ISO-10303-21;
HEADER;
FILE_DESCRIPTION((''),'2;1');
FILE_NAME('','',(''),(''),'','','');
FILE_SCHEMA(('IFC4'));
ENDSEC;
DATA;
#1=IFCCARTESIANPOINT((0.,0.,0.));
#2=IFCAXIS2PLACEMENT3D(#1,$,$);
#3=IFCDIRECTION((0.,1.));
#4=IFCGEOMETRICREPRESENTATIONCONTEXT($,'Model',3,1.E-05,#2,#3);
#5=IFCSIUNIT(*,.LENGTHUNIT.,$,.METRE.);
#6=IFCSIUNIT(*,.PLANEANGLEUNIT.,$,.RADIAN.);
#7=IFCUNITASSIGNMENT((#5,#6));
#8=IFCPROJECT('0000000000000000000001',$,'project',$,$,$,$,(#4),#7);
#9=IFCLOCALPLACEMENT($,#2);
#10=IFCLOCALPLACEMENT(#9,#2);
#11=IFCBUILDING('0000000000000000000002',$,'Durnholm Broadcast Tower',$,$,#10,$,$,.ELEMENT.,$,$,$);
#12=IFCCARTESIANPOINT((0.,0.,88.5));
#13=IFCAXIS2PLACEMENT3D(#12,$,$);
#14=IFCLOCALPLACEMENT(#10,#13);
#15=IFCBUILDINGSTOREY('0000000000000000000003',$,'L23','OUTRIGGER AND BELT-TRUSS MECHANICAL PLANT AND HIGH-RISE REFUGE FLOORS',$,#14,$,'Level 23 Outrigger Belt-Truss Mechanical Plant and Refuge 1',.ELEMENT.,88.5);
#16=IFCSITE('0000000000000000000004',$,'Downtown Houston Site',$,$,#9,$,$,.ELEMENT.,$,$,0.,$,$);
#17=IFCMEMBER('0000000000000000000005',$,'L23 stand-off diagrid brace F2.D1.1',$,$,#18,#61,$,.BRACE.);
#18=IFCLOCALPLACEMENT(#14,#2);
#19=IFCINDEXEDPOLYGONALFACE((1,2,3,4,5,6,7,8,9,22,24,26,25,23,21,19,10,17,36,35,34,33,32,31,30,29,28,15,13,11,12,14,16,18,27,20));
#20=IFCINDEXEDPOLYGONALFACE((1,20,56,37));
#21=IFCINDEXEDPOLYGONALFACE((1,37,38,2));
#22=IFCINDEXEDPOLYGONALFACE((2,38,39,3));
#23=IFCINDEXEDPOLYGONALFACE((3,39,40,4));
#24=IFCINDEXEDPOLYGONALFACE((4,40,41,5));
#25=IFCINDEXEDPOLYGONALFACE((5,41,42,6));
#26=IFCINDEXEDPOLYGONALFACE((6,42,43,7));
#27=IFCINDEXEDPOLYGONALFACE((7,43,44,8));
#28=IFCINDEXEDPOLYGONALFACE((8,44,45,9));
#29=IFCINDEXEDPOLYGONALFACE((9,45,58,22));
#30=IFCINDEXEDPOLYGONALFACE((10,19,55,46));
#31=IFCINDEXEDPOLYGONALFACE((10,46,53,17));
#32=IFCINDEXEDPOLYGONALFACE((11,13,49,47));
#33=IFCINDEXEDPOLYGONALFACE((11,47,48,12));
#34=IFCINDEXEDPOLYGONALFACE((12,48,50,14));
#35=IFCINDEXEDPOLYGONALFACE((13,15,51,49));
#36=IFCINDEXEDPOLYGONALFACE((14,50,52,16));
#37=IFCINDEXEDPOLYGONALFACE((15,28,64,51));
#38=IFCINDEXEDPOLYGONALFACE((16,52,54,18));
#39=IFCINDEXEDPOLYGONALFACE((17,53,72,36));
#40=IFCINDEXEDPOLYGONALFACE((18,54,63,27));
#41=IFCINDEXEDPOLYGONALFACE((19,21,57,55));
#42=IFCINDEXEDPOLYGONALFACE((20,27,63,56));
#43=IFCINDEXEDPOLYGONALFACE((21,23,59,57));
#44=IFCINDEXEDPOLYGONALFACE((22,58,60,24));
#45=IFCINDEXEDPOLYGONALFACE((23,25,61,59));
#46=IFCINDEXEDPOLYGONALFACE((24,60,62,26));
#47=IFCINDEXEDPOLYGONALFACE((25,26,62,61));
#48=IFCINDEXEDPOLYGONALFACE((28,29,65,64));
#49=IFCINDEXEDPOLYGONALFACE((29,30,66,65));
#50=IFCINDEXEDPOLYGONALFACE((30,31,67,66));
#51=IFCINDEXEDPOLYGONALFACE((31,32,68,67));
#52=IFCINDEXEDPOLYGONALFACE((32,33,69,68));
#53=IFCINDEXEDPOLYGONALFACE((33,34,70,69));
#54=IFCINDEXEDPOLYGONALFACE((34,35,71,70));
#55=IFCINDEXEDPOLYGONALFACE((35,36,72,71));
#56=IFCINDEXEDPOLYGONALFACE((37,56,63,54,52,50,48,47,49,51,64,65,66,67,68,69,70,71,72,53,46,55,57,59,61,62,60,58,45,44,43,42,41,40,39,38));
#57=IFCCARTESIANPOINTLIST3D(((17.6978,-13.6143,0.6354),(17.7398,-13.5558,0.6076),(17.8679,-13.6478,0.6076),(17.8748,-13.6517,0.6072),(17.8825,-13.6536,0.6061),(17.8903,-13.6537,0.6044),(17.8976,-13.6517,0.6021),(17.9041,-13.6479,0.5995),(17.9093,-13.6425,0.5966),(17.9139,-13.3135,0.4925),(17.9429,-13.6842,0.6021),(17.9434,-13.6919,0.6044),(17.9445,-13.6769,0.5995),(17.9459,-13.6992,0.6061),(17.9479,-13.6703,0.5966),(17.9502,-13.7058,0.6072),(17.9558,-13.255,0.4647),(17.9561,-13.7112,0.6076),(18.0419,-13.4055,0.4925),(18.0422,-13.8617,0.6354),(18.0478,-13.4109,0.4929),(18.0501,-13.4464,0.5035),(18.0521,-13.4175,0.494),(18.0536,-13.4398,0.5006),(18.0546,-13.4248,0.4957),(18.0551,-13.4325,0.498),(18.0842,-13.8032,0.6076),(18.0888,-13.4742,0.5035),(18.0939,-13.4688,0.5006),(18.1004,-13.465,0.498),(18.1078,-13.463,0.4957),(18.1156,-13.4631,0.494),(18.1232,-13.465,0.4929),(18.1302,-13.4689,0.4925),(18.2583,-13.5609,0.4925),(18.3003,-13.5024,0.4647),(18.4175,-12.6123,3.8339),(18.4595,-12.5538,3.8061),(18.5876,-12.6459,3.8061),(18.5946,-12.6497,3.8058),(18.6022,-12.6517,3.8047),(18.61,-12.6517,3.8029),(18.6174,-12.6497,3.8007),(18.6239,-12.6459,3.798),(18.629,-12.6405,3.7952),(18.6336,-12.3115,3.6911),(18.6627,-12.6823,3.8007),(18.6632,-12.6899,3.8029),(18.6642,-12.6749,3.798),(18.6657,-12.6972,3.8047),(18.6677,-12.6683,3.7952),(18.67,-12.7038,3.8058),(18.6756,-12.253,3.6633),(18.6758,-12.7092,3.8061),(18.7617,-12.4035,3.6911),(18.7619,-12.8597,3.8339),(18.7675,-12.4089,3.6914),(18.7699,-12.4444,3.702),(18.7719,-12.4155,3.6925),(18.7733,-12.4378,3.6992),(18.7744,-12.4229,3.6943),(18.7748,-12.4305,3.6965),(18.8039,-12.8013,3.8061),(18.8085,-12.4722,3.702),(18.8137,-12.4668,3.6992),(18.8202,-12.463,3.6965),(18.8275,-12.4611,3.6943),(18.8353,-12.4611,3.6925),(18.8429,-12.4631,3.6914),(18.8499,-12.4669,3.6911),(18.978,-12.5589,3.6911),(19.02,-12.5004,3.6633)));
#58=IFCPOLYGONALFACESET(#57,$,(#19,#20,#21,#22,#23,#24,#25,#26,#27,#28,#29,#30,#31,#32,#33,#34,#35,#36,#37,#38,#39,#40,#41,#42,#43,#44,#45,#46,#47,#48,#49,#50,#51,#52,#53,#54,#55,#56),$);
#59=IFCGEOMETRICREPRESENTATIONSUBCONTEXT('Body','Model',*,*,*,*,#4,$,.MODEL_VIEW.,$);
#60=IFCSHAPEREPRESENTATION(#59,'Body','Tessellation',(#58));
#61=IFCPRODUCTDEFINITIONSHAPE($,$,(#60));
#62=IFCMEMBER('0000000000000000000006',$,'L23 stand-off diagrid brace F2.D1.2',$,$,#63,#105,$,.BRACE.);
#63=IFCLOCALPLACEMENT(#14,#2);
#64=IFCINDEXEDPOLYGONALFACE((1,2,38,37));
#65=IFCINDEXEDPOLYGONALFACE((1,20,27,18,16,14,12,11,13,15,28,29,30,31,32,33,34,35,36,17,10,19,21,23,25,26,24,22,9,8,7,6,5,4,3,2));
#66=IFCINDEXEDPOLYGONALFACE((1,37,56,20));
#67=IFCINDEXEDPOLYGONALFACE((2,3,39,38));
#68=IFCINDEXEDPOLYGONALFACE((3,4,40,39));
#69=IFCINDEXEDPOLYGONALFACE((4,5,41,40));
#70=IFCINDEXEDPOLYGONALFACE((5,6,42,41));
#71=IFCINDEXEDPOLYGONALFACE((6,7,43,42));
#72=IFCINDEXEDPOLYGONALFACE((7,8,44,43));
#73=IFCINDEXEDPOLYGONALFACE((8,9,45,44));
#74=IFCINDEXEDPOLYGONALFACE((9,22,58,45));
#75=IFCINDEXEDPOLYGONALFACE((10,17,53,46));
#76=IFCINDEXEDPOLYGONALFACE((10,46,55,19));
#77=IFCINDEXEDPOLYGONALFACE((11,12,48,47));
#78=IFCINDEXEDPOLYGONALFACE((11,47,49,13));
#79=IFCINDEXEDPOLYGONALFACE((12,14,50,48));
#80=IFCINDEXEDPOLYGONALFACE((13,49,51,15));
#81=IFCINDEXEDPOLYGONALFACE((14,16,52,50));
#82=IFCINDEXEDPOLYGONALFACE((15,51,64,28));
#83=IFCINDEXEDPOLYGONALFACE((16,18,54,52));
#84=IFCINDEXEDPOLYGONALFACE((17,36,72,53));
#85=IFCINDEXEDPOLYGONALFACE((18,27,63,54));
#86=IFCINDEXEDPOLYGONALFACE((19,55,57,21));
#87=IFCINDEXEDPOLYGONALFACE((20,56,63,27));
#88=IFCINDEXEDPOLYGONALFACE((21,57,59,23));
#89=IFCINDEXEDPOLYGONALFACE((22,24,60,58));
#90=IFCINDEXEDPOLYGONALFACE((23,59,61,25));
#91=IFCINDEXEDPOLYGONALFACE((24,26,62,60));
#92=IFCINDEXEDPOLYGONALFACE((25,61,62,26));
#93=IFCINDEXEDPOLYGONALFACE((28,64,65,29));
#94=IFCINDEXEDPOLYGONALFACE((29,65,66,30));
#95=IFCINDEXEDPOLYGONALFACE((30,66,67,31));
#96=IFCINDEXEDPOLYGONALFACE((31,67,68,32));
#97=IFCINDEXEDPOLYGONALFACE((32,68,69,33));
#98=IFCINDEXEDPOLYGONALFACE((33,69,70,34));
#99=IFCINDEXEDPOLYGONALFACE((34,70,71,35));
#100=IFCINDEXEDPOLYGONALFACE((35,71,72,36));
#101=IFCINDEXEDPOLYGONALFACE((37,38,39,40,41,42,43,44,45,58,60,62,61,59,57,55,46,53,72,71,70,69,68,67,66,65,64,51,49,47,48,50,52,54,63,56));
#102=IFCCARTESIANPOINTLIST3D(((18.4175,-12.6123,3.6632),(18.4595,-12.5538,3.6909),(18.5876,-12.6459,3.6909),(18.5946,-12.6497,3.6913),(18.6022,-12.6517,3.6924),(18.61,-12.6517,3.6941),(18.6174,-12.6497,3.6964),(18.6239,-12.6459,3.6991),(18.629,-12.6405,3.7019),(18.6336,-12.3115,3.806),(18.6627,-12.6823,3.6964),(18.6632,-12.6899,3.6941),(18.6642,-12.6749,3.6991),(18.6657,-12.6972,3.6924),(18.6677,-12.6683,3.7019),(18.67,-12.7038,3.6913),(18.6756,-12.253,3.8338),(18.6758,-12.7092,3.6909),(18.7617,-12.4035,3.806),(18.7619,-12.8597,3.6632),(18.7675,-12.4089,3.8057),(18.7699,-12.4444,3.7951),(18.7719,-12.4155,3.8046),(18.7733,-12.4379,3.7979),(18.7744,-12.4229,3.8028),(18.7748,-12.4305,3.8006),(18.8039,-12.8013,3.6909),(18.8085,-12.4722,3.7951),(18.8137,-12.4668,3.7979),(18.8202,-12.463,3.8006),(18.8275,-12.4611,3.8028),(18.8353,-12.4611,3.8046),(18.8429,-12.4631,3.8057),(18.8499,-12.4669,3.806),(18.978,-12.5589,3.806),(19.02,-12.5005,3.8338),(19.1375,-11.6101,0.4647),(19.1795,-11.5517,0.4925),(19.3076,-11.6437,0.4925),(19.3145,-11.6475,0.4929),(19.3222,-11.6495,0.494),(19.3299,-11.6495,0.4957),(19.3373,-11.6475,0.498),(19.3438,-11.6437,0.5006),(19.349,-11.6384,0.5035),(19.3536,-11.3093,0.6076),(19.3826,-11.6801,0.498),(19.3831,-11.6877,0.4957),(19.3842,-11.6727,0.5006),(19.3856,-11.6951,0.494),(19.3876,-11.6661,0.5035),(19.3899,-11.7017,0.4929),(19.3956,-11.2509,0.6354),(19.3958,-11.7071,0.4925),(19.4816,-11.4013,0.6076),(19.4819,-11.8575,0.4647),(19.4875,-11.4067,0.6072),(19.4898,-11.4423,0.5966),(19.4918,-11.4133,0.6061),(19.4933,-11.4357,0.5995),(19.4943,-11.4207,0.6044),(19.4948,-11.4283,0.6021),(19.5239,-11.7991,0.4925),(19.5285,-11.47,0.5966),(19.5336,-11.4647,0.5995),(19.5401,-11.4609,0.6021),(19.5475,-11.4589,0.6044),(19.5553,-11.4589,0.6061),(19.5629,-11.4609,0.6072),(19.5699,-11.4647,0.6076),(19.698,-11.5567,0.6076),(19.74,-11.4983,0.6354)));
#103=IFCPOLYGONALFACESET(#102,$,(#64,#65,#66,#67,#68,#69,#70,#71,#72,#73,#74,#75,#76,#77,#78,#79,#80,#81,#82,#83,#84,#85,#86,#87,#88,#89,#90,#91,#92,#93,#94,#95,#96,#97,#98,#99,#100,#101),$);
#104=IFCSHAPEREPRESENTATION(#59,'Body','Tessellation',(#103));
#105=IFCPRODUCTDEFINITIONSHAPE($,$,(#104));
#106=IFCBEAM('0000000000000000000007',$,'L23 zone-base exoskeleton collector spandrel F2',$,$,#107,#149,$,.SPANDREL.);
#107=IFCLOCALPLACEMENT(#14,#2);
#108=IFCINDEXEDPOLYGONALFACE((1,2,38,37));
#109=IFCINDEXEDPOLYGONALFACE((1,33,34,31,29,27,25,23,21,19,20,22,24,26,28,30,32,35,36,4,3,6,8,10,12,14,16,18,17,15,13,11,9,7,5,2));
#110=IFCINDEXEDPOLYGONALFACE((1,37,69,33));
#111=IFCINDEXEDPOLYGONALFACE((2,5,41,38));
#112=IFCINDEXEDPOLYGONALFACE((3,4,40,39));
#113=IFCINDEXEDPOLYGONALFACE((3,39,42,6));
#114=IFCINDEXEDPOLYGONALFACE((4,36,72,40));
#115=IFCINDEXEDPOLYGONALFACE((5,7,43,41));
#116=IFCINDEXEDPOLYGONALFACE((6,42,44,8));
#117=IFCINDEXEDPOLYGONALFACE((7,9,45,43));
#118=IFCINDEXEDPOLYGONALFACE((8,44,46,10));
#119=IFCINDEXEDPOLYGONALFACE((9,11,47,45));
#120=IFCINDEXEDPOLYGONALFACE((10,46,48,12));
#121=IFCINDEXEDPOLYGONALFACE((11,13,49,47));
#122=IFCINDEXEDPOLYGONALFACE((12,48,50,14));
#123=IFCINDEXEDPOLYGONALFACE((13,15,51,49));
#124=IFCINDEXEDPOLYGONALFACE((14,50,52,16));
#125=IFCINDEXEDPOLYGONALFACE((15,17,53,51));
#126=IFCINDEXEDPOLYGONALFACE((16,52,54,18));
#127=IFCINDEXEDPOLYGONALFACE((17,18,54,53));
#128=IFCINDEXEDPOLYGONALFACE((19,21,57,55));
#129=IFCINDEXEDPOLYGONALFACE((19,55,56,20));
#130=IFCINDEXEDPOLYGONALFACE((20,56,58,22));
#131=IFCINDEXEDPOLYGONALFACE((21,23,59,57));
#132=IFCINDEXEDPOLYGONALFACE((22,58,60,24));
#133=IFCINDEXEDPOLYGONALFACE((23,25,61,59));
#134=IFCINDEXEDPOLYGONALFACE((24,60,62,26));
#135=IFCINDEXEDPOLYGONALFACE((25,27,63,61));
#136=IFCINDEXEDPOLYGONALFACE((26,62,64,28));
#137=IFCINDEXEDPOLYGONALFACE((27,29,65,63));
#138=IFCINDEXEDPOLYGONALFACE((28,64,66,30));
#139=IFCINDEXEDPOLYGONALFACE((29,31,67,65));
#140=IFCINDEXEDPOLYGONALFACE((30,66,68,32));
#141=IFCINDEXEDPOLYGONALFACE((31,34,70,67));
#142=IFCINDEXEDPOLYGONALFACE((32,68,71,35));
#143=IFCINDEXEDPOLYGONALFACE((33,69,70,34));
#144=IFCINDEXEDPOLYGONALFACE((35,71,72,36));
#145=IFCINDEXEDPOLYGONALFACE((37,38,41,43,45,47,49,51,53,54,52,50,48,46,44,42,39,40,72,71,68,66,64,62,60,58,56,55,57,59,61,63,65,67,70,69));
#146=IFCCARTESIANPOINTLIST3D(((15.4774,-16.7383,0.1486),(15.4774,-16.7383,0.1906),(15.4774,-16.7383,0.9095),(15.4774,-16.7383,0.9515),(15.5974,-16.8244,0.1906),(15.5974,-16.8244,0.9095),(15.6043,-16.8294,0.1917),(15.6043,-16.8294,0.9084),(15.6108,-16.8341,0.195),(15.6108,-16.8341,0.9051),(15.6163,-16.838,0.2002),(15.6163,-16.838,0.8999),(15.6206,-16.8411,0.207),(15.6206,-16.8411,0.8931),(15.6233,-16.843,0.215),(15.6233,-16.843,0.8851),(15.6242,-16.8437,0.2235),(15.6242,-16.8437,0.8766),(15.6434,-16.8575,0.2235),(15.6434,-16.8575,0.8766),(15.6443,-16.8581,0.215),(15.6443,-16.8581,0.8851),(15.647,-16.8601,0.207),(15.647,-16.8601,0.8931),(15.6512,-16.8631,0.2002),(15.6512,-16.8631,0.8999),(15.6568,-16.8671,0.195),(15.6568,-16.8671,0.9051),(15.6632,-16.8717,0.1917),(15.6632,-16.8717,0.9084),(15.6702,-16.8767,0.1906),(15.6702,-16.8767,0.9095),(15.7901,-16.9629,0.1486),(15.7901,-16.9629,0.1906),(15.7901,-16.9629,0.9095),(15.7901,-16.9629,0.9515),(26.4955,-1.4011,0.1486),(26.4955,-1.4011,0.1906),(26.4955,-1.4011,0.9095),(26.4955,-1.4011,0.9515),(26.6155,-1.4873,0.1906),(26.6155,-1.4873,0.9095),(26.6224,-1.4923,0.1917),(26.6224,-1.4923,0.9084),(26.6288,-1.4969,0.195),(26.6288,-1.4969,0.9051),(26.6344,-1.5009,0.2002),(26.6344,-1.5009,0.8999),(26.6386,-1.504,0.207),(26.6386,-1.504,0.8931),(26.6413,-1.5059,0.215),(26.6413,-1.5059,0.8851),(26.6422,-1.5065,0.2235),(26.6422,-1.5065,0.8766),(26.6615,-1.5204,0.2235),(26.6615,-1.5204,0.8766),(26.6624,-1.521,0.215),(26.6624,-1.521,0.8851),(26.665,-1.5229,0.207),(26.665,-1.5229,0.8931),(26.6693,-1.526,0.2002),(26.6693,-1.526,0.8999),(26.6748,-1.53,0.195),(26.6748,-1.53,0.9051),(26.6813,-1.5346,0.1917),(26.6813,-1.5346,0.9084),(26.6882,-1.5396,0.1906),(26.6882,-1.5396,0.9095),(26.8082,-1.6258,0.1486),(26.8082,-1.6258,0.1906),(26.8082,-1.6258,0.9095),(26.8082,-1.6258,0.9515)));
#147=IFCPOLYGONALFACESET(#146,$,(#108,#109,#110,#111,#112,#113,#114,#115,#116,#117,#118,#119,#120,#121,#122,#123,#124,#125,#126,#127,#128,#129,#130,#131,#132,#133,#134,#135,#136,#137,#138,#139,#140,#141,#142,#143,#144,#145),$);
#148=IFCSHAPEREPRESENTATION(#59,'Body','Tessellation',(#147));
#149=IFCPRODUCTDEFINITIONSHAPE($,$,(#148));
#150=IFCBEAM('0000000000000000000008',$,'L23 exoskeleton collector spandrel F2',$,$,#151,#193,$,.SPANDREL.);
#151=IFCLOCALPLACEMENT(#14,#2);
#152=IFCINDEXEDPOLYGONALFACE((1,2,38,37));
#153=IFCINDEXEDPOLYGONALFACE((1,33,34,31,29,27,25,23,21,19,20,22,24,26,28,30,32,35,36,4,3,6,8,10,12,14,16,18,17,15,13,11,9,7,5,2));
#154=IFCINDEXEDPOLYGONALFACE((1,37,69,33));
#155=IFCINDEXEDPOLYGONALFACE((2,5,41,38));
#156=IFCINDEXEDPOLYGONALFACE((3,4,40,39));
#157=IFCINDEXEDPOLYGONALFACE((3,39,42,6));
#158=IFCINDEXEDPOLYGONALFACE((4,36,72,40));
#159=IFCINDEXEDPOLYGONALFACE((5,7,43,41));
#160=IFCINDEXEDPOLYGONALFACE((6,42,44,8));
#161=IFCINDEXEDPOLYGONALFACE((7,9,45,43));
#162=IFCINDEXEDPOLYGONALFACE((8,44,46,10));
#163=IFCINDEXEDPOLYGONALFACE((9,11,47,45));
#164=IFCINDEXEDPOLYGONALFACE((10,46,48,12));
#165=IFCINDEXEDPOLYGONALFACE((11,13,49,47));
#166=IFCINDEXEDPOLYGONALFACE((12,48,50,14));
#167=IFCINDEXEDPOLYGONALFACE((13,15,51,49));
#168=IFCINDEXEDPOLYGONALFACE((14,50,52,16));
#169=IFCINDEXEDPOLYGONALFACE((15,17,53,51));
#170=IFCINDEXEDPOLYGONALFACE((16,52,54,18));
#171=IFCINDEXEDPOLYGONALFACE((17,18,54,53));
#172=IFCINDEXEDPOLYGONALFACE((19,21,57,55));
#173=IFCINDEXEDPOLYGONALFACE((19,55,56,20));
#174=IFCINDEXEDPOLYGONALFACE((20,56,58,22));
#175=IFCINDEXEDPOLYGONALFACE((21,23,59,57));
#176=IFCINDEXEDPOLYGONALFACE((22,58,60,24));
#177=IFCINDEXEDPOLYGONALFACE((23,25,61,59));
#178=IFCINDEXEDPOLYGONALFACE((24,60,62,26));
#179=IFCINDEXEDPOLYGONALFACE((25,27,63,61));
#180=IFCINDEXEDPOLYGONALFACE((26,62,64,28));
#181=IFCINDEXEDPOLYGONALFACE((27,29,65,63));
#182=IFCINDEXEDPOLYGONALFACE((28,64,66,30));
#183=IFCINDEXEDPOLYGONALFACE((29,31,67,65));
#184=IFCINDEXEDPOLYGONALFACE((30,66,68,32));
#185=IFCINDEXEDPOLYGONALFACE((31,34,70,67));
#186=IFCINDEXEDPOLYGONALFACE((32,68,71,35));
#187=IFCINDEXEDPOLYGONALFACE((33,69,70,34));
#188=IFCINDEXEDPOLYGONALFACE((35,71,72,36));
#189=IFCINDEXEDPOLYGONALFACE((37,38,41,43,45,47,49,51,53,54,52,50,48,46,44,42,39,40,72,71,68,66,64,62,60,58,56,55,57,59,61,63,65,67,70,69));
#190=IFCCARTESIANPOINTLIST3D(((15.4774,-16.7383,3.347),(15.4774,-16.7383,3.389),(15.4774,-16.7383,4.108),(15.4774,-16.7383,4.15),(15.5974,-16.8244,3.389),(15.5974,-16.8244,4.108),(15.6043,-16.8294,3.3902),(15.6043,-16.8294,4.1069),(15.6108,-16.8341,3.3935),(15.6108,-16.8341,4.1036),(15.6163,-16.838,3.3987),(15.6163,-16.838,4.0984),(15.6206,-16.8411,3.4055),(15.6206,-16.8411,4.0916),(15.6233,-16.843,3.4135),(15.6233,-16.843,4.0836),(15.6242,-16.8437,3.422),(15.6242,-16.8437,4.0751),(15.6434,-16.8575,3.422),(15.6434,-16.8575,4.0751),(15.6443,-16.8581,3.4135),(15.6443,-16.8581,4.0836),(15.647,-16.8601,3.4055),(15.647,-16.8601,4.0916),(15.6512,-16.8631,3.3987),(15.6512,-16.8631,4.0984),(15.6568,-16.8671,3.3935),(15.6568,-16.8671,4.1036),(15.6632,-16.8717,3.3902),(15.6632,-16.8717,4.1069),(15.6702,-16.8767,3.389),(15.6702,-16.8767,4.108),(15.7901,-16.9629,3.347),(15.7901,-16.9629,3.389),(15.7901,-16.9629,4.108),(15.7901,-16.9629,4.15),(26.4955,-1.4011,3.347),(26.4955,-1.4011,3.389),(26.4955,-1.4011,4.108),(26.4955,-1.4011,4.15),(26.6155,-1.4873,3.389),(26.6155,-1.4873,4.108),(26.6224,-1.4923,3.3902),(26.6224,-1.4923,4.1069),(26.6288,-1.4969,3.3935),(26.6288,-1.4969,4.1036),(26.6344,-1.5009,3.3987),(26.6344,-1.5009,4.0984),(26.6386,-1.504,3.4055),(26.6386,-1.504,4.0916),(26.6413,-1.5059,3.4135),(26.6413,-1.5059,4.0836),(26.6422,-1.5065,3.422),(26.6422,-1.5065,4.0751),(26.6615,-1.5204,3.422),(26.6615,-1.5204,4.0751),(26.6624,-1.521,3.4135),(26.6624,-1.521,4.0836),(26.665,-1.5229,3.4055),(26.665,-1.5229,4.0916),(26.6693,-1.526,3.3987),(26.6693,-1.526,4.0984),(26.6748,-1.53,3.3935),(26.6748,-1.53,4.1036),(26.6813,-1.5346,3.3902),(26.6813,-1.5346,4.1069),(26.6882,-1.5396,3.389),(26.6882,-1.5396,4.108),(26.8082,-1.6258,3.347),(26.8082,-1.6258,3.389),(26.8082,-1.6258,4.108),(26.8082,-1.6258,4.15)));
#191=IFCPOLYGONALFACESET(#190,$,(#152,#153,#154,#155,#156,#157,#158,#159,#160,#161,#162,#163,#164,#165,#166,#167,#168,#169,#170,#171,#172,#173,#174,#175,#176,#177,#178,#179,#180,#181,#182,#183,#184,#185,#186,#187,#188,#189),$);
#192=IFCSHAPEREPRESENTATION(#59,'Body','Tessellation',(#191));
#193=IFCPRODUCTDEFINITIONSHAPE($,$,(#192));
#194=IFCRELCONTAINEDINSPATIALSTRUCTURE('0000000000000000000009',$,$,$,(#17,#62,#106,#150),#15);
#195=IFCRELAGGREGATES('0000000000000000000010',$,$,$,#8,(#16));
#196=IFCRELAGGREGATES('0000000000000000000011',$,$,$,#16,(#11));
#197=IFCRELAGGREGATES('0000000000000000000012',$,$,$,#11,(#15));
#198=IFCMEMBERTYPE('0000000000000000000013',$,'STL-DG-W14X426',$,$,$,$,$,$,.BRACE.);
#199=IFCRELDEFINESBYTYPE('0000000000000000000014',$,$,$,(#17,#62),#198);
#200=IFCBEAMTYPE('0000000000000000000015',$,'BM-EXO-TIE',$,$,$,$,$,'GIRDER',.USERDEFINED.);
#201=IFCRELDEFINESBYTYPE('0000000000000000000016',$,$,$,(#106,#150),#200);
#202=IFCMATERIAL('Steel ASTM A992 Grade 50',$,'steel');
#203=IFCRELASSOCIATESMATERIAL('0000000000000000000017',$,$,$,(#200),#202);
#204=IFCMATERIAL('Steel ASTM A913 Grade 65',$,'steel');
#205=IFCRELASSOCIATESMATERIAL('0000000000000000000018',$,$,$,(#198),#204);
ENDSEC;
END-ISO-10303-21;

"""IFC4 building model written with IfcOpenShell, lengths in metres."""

from ifc_helpers import new_model, si_unit, direction, frame, origin, origin_2d, place, context, subcontext, project, spatial, i_section, extrude, source, transform, mapped, material, material_profile, profile_set, type_object, type_shapes, element, save


model = new_model("IFC4")

# Units and contexts
model_context = context("Model", 3, precision=1e-05, world=origin(), true_north=direction((0.0, 1.0)))
body_context = subcontext(model_context, "Body", "Model", "MODEL_VIEW")
ifc_project = project(units=[si_unit("LENGTHUNIT", "METRE"), si_unit("PLANEANGLEUNIT", "RADIAN")], contexts=[model_context])

# Site, building, storey
site_placement = place(None, origin())
site = spatial("IfcSite", under=ifc_project, at=site_placement, Name="Downtown Houston Site", CompositionType="ELEMENT", RefElevation=0.0)
building_placement = place(site_placement, origin())
building = spatial("IfcBuilding", under=site, at=building_placement, Name="Durnholm Broadcast Tower", CompositionType="ELEMENT")
storey_placement = place(building_placement, frame((0.0, 0.0, 88.5)))
storey = spatial("IfcBuildingStorey", under=building, at=storey_placement, Name="L23", Description="OUTRIGGER AND BELT-TRUSS MECHANICAL PLANT AND HIGH-RISE REFUGE FLOORS", LongName="Level 23 Outrigger Belt-Truss Mechanical Plant and Refuge 1", CompositionType="ELEMENT", Elevation=88.5)

# Shared definitions
ifc_material_1 = material(Name="Steel ASTM A992 Grade 50", Category="steel")
ifc_material_profile_1 = material_profile(ifc_material_1, i_section(OverallWidth=0.385, OverallDepth=0.803, WebThickness=0.0237, FlangeThickness=0.042, FilletRadius=0.033, at=origin_2d()), Name="W30X261")
ifc_profile_set_1 = profile_set([ifc_material_profile_1], Name="Steel ASTM A992 Grade 50")
beam_type_1 = type_object("IfcBeamType", Name="BM-EXO-TIE", ElementType="GIRDER", PredefinedType="USERDEFINED", material=ifc_profile_set_1)

# Members
ifc_material_2 = material(Name="Steel ASTM A913 Grade 65", Category="steel")
ifc_material_profile_2 = material_profile(ifc_material_2, i_section(OverallWidth=0.4241, OverallDepth=0.4741, WebThickness=0.0476, FlangeThickness=0.0771, FilletRadius=0.0305, at=origin_2d()), Name="W14X426")
ifc_profile_set_2 = profile_set([ifc_material_profile_2], Name="Steel ASTM A913 Grade 65")
member_type_1 = type_object("IfcMemberType", Name="STL-DG-W14X426", PredefinedType="BRACE", material=ifc_profile_set_2)
shared_shape_1 = source(origin(), body_context, "Body", "SweptSolid", [
    extrude(i_section(OverallWidth=0.4241, OverallDepth=0.4741, WebThickness=0.0476, FlangeThickness=0.0771, FilletRadius=0.0305, at=origin_2d()), origin(), (0.0, 0.0, 1.0), 3.4282),
])
type_shapes(member_type_1, [shared_shape_1])
for number, where, z_axis, x_axis, name in (
    (1, (17.999, -13.5583, 0.55), (0.209946, 0.292272, 0.933006), (-0.812179, 0.583408, 0.0), "L23 stand-off diagrid brace F2.D1.1"),
    (2, (19.4387, -11.5542, 0.55), (-0.21001, -0.292333, 0.932972), (0.812153, -0.583444, 0.0), "L23 stand-off diagrid brace F2.D1.2"),
):
    element("IfcMember", number, at=place(storey_placement, frame(where, z_axis=z_axis, x_axis=x_axis)), inside=storey, type_object=member_type_1, Name=name, PredefinedType="BRACE", context=body_context, shape_type="MappedRepresentation", body=[
        mapped(shared_shape_1, transform((0.0, 0.0, 0.0), x_axis=(1.0, 0.0, 0.0), y_axis=(0.0, 1.0, 0.0), z_axis=(0.0, 0.0, 1.0), scale=1.0)),
    ])

# Beams
shared_shape_2 = source(origin(), body_context, "Body", "SweptSolid", [
    extrude(i_section(OverallWidth=0.385, OverallDepth=0.803, WebThickness=0.0237, FlangeThickness=0.042, FilletRadius=0.033, at=origin_2d()), origin(), (0.0, 0.0, 1.0), 18.8845),
])
for number, where, z_axis, x_axis, name in (
    (3, (15.6338, -16.8506, 0.55), (0.583443, 0.812154, 0.0), (-0.812154, 0.583443, 0.0), "L23 zone-base exoskeleton collector spandrel F2"),
    (4, (15.6338, -16.8506, 3.7485), (0.583443, 0.812154, 0.0), (-0.812154, 0.583443, 0.0), "L23 exoskeleton collector spandrel F2"),
):
    element("IfcBeam", number, at=place(storey_placement, frame(where, z_axis=z_axis, x_axis=x_axis)), inside=storey, type_object=beam_type_1, Name=name, PredefinedType="SPANDREL", context=body_context, shape_type="MappedRepresentation", body=[
        mapped(shared_shape_2, transform((0.0, 0.0, 0.0), x_axis=(1.0, 0.0, 0.0), y_axis=(0.0, 1.0, 0.0), z_axis=(0.0, 0.0, 1.0), scale=1.0)),
    ])

save(model, "model.ifc")
